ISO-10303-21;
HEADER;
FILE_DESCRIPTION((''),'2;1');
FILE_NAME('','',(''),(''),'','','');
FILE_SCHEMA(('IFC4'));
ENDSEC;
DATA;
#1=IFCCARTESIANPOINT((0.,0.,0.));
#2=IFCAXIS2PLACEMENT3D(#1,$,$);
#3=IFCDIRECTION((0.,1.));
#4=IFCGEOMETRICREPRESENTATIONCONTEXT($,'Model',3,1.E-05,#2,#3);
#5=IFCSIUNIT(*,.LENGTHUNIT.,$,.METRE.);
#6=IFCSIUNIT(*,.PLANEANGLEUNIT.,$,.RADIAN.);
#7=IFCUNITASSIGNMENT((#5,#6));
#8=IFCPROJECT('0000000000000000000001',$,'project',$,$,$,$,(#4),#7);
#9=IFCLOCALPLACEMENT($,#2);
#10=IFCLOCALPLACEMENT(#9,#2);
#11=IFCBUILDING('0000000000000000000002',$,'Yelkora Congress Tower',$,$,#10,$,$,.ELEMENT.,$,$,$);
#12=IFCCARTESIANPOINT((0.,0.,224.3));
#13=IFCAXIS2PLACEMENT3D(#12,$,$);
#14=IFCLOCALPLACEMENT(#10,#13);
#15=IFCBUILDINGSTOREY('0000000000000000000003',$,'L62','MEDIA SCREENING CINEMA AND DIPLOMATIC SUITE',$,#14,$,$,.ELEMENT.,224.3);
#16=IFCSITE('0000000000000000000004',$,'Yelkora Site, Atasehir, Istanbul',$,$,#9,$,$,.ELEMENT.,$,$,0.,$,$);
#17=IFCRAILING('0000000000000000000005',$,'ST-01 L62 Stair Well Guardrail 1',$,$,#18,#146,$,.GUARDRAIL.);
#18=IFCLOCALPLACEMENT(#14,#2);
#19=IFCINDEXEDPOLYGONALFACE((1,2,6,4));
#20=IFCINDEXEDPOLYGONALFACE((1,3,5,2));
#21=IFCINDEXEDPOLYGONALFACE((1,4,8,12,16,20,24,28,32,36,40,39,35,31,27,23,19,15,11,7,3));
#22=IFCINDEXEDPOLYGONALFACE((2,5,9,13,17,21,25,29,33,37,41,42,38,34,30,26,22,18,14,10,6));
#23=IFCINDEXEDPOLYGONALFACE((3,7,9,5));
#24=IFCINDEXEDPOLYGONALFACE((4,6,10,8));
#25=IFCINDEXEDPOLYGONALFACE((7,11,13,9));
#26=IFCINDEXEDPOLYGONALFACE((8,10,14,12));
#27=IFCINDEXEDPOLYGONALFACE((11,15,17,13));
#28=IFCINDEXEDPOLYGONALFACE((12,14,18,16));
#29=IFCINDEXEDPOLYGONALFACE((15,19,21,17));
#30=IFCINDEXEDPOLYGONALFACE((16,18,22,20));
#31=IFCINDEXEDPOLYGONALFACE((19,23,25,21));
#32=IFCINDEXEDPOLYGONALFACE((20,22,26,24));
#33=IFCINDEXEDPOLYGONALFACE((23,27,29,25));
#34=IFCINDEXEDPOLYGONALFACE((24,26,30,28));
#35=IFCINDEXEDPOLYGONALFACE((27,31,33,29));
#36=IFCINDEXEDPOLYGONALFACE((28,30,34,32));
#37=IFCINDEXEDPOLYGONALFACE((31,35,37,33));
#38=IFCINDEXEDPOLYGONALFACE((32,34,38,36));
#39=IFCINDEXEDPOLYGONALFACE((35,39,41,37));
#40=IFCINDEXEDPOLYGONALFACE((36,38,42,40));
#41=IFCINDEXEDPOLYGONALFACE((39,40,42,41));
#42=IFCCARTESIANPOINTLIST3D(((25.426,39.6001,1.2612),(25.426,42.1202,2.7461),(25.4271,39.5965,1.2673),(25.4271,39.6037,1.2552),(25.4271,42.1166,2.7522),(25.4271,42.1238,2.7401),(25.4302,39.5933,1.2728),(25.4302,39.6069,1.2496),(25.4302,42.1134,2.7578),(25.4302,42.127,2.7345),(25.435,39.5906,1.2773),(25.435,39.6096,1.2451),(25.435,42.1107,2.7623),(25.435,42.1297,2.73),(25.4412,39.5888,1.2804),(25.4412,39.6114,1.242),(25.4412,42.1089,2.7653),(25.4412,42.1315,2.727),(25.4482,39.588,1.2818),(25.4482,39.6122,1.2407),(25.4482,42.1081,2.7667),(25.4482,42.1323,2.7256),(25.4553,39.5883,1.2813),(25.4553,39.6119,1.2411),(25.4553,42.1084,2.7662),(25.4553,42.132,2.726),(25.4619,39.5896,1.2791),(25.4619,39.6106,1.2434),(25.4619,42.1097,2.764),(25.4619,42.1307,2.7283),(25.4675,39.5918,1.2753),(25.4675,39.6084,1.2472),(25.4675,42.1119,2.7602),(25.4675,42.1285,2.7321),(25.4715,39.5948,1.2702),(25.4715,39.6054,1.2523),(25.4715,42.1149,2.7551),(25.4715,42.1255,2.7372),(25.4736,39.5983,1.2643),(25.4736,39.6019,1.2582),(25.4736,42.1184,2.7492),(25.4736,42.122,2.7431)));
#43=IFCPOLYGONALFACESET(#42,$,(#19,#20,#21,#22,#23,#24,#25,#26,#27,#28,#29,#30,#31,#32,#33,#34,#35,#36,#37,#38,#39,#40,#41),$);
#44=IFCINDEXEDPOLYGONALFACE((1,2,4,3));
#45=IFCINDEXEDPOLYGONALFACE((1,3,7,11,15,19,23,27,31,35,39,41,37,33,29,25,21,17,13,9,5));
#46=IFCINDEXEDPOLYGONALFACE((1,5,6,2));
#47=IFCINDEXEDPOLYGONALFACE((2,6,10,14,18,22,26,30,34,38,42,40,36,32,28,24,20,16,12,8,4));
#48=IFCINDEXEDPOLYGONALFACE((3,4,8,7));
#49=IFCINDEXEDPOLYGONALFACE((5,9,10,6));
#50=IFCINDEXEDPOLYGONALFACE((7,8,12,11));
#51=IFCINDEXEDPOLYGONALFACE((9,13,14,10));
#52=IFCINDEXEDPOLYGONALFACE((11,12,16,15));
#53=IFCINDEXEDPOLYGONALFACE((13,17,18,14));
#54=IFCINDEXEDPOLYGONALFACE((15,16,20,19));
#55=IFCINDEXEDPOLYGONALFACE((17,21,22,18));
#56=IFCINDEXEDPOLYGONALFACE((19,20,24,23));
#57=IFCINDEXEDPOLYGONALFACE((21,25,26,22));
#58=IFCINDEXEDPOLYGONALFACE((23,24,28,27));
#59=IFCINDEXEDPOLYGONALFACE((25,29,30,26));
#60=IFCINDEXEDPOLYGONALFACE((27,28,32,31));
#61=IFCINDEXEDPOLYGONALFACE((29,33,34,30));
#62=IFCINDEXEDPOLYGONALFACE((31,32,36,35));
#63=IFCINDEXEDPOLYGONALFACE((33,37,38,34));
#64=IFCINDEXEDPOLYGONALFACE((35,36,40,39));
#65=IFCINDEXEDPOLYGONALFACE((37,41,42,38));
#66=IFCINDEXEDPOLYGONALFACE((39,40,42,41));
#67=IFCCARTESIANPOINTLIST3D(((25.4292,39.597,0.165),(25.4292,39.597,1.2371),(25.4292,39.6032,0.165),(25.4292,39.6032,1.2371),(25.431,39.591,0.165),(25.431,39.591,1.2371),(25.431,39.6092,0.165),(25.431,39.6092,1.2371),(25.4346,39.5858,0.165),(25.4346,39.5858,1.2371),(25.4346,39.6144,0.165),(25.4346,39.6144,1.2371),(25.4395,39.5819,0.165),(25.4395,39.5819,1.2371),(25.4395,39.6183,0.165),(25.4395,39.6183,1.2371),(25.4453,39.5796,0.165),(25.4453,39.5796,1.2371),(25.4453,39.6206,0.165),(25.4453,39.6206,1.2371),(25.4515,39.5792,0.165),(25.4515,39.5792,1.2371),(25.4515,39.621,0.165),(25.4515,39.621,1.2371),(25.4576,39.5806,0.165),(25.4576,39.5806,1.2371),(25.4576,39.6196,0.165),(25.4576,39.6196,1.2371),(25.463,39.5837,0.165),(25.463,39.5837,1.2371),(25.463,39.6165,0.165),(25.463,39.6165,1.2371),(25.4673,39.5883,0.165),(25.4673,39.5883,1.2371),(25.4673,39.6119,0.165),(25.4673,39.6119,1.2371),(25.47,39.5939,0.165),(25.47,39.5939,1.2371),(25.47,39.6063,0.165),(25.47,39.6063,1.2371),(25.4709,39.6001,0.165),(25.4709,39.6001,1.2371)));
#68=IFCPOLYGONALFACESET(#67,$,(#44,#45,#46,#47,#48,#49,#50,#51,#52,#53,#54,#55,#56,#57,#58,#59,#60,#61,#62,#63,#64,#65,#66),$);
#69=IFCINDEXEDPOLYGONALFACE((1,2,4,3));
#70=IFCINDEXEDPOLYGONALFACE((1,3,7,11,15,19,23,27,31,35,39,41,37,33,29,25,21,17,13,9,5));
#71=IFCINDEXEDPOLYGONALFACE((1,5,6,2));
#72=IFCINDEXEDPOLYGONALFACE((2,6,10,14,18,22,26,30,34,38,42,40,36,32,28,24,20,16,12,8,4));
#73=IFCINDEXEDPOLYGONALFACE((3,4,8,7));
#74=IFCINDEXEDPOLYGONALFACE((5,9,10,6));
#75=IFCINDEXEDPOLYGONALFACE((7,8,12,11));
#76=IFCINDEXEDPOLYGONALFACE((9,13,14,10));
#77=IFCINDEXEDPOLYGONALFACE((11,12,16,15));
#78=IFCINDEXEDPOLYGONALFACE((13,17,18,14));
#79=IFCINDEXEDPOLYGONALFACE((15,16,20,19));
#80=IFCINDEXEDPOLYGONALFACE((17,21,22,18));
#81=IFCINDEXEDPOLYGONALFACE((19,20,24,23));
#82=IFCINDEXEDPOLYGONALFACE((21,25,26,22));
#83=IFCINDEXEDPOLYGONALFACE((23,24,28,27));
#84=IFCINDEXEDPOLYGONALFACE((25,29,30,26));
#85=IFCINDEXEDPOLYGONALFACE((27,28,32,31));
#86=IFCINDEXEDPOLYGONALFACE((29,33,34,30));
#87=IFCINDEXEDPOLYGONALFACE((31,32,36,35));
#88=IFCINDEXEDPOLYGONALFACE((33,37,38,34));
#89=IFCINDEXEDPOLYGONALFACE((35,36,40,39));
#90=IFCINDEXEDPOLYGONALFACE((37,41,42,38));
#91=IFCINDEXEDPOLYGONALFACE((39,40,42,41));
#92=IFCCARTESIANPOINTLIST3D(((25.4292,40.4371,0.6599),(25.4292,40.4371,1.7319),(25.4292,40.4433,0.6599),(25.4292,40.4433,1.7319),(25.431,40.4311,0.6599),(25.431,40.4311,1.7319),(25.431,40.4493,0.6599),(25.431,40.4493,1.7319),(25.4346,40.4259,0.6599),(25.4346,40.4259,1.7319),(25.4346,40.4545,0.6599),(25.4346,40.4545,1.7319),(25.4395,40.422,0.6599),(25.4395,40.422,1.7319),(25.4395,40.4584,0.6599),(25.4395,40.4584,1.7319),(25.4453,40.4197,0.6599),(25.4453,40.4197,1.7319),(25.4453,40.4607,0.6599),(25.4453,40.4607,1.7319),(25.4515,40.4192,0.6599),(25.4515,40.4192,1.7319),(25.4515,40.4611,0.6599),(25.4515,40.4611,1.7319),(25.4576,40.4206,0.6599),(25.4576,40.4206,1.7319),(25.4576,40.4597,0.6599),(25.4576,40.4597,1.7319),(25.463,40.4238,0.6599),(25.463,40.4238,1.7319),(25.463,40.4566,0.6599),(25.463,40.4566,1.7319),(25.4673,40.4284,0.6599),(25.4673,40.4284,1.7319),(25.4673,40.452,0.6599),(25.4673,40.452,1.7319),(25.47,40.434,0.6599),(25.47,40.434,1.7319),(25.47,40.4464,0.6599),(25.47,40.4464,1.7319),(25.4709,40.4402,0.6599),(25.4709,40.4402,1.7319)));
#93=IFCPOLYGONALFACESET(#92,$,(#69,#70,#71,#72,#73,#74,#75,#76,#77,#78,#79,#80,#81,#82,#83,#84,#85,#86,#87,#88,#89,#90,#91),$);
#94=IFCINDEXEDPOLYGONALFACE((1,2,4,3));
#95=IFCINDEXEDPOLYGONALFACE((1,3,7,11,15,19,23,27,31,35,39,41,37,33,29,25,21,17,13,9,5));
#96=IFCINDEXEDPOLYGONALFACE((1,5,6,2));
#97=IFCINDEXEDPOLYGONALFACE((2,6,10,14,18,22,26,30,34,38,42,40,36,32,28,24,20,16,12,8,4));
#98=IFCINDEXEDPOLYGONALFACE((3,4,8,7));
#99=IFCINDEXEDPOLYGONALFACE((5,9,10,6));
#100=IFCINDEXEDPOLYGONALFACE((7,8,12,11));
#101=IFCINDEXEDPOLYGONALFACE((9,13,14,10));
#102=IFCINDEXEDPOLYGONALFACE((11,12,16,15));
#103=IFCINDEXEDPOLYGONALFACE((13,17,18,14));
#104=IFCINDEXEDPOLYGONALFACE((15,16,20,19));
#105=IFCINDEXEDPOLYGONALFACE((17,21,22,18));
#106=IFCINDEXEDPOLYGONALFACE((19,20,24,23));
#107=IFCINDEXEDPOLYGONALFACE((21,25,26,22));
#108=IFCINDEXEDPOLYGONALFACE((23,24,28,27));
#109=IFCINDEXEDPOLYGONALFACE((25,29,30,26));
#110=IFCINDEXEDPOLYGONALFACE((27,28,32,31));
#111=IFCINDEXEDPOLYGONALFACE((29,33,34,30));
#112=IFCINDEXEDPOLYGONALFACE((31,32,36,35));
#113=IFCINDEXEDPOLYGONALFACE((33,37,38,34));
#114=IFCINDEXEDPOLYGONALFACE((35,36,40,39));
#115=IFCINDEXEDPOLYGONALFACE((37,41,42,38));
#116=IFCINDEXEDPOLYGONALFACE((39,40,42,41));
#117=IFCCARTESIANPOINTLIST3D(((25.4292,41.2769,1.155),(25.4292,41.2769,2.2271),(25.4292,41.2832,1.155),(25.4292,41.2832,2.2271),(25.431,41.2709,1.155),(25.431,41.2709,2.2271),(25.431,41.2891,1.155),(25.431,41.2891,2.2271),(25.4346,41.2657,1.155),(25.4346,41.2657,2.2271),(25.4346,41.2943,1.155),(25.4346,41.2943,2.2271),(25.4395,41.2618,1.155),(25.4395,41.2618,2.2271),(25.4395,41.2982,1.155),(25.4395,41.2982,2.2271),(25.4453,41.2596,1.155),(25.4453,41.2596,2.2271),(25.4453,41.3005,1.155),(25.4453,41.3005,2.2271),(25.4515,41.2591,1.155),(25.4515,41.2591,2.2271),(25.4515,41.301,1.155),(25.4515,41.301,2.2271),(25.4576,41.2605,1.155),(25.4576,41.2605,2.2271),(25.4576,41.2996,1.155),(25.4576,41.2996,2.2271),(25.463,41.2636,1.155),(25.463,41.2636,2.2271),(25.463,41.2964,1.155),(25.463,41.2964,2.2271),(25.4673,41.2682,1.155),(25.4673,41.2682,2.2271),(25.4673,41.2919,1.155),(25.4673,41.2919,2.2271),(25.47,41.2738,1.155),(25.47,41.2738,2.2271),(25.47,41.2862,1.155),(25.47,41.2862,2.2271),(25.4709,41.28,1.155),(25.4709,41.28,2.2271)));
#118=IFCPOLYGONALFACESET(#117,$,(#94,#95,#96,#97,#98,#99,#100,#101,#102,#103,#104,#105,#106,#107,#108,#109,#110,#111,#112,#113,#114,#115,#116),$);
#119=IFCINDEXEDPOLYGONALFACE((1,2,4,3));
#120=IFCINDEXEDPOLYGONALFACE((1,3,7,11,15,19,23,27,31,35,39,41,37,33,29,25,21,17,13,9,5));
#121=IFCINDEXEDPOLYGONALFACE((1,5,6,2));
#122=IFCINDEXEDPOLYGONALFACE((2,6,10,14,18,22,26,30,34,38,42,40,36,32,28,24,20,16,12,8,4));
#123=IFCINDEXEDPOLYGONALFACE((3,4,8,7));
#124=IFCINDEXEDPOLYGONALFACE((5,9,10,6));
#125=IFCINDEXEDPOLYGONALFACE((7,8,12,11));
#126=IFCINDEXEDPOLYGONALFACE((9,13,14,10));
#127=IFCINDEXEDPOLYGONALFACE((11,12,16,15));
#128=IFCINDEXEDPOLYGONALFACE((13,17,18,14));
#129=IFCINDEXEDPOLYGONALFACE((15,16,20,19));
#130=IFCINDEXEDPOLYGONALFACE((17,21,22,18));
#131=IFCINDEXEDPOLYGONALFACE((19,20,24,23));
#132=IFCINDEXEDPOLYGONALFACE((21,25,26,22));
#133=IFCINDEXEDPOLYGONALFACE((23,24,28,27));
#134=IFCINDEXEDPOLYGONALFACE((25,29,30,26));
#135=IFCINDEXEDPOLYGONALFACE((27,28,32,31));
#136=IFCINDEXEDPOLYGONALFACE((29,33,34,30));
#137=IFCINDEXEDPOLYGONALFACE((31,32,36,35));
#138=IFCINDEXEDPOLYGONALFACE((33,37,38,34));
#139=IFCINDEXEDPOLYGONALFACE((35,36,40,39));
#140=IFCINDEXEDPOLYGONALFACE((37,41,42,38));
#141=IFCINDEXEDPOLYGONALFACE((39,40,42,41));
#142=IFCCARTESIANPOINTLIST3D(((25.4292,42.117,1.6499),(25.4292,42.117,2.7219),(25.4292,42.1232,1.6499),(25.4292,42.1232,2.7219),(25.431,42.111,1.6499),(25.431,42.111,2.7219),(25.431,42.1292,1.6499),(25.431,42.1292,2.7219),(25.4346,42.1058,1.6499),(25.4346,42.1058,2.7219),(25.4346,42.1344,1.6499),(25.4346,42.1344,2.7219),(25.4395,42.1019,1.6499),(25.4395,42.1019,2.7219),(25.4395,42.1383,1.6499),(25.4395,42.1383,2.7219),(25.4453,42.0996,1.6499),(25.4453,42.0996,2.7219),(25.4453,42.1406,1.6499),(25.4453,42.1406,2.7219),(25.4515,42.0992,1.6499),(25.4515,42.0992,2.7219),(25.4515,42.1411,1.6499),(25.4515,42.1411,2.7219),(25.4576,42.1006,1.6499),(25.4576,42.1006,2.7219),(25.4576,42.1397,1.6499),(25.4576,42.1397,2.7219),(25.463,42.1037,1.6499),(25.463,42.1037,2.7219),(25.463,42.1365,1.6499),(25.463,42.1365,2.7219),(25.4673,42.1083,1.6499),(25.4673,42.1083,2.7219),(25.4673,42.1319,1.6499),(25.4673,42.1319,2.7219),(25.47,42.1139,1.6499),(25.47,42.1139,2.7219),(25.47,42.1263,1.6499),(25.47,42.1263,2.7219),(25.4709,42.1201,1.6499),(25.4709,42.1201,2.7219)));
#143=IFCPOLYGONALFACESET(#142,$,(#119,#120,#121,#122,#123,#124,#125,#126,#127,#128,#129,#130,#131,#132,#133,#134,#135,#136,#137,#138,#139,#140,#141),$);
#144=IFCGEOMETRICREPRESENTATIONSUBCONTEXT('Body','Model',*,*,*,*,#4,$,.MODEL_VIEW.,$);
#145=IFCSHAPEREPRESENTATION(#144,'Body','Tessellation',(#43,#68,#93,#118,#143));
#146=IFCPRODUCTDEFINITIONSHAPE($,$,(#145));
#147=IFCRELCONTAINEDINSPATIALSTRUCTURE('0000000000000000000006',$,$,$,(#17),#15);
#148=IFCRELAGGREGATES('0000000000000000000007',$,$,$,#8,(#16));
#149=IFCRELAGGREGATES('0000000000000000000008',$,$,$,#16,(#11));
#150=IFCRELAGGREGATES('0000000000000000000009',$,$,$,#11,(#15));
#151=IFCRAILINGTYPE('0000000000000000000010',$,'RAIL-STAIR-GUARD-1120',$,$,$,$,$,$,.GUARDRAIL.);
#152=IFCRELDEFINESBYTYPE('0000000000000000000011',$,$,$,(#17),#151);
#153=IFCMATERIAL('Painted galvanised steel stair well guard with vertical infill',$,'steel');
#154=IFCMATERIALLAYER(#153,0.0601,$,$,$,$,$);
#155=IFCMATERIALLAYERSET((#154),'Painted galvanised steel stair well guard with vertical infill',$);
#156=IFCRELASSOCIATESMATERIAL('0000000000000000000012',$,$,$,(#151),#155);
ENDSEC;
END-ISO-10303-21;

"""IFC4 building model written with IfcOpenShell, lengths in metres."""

from ifc_helpers import new_model, si_unit, direction, frame, origin, origin_2d, place, context, subcontext, project, spatial, circle, extrude, material, layer, layer_set, type_object, element, save


model = new_model("IFC4")

# Units and contexts
model_context = context("Model", 3, precision=1e-05, world=origin(), true_north=direction((0.0, 1.0)))
body_context = subcontext(model_context, "Body", "Model", "MODEL_VIEW")
ifc_project = project(units=[si_unit("LENGTHUNIT", "METRE"), si_unit("PLANEANGLEUNIT", "RADIAN")], contexts=[model_context])

# Site, building, storey
site_placement = place(None, origin())
site = spatial("IfcSite", under=ifc_project, at=site_placement, Name="Yelkora Site, Atasehir, Istanbul", CompositionType="ELEMENT", RefElevation=0.0)
building_placement = place(site_placement, origin())
building = spatial("IfcBuilding", under=site, at=building_placement, Name="Yelkora Congress Tower", CompositionType="ELEMENT")
storey_placement = place(building_placement, frame((0.0, 0.0, 224.3)))
storey = spatial("IfcBuildingStorey", under=building, at=storey_placement, Name="L62", Description="MEDIA SCREENING CINEMA AND DIPLOMATIC SUITE", CompositionType="ELEMENT", Elevation=224.3)

# Railing
ifc_material_1 = material(Name="Painted galvanised steel stair well guard with vertical infill", Category="steel")
ifc_layer_1 = layer(ifc_material_1, 0.0601)
ifc_layer_set_1 = layer_set([ifc_layer_1], Name="Painted galvanised steel stair well guard with vertical infill")
railing_type_1 = type_object("IfcRailingType", Name="RAIL-STAIR-GUARD-1120", PredefinedType="GUARDRAIL", material=ifc_layer_set_1)
railing_1_placement = place(storey_placement, frame((25.45, 39.6001, 0.165)))
element("IfcRailing", 1, at=railing_1_placement, inside=storey, type_object=railing_type_1, Name="ST-01 L62 Stair Well Guardrail 1", PredefinedType="GUARDRAIL", context=body_context, shape_type="SweptSolid", body=[
    extrude(circle(Radius=0.0239, at=origin_2d()), frame((0.0, 0.0, 1.0962), z_axis=(0.0, 0.861561, 0.507655), x_axis=(-1.0, 0.0, 0.0)), (0.0, 0.0, 1.0), 2.925),
    extrude(circle(Radius=0.021, at=origin_2d()), origin(), (0.0, 0.0, 1.0), 1.072),
    extrude(circle(Radius=0.021, at=origin_2d()), frame((0.0, 0.8401, 0.4949)), (0.0, 0.0, 1.0), 1.072),
    extrude(circle(Radius=0.021, at=origin_2d()), frame((0.0, 1.6799, 0.99)), (0.0, 0.0, 1.0), 1.072),
    extrude(circle(Radius=0.021, at=origin_2d()), frame((0.0, 2.52, 1.4849)), (0.0, 0.0, 1.0), 1.072),
])

save(model, "model.ifc")
